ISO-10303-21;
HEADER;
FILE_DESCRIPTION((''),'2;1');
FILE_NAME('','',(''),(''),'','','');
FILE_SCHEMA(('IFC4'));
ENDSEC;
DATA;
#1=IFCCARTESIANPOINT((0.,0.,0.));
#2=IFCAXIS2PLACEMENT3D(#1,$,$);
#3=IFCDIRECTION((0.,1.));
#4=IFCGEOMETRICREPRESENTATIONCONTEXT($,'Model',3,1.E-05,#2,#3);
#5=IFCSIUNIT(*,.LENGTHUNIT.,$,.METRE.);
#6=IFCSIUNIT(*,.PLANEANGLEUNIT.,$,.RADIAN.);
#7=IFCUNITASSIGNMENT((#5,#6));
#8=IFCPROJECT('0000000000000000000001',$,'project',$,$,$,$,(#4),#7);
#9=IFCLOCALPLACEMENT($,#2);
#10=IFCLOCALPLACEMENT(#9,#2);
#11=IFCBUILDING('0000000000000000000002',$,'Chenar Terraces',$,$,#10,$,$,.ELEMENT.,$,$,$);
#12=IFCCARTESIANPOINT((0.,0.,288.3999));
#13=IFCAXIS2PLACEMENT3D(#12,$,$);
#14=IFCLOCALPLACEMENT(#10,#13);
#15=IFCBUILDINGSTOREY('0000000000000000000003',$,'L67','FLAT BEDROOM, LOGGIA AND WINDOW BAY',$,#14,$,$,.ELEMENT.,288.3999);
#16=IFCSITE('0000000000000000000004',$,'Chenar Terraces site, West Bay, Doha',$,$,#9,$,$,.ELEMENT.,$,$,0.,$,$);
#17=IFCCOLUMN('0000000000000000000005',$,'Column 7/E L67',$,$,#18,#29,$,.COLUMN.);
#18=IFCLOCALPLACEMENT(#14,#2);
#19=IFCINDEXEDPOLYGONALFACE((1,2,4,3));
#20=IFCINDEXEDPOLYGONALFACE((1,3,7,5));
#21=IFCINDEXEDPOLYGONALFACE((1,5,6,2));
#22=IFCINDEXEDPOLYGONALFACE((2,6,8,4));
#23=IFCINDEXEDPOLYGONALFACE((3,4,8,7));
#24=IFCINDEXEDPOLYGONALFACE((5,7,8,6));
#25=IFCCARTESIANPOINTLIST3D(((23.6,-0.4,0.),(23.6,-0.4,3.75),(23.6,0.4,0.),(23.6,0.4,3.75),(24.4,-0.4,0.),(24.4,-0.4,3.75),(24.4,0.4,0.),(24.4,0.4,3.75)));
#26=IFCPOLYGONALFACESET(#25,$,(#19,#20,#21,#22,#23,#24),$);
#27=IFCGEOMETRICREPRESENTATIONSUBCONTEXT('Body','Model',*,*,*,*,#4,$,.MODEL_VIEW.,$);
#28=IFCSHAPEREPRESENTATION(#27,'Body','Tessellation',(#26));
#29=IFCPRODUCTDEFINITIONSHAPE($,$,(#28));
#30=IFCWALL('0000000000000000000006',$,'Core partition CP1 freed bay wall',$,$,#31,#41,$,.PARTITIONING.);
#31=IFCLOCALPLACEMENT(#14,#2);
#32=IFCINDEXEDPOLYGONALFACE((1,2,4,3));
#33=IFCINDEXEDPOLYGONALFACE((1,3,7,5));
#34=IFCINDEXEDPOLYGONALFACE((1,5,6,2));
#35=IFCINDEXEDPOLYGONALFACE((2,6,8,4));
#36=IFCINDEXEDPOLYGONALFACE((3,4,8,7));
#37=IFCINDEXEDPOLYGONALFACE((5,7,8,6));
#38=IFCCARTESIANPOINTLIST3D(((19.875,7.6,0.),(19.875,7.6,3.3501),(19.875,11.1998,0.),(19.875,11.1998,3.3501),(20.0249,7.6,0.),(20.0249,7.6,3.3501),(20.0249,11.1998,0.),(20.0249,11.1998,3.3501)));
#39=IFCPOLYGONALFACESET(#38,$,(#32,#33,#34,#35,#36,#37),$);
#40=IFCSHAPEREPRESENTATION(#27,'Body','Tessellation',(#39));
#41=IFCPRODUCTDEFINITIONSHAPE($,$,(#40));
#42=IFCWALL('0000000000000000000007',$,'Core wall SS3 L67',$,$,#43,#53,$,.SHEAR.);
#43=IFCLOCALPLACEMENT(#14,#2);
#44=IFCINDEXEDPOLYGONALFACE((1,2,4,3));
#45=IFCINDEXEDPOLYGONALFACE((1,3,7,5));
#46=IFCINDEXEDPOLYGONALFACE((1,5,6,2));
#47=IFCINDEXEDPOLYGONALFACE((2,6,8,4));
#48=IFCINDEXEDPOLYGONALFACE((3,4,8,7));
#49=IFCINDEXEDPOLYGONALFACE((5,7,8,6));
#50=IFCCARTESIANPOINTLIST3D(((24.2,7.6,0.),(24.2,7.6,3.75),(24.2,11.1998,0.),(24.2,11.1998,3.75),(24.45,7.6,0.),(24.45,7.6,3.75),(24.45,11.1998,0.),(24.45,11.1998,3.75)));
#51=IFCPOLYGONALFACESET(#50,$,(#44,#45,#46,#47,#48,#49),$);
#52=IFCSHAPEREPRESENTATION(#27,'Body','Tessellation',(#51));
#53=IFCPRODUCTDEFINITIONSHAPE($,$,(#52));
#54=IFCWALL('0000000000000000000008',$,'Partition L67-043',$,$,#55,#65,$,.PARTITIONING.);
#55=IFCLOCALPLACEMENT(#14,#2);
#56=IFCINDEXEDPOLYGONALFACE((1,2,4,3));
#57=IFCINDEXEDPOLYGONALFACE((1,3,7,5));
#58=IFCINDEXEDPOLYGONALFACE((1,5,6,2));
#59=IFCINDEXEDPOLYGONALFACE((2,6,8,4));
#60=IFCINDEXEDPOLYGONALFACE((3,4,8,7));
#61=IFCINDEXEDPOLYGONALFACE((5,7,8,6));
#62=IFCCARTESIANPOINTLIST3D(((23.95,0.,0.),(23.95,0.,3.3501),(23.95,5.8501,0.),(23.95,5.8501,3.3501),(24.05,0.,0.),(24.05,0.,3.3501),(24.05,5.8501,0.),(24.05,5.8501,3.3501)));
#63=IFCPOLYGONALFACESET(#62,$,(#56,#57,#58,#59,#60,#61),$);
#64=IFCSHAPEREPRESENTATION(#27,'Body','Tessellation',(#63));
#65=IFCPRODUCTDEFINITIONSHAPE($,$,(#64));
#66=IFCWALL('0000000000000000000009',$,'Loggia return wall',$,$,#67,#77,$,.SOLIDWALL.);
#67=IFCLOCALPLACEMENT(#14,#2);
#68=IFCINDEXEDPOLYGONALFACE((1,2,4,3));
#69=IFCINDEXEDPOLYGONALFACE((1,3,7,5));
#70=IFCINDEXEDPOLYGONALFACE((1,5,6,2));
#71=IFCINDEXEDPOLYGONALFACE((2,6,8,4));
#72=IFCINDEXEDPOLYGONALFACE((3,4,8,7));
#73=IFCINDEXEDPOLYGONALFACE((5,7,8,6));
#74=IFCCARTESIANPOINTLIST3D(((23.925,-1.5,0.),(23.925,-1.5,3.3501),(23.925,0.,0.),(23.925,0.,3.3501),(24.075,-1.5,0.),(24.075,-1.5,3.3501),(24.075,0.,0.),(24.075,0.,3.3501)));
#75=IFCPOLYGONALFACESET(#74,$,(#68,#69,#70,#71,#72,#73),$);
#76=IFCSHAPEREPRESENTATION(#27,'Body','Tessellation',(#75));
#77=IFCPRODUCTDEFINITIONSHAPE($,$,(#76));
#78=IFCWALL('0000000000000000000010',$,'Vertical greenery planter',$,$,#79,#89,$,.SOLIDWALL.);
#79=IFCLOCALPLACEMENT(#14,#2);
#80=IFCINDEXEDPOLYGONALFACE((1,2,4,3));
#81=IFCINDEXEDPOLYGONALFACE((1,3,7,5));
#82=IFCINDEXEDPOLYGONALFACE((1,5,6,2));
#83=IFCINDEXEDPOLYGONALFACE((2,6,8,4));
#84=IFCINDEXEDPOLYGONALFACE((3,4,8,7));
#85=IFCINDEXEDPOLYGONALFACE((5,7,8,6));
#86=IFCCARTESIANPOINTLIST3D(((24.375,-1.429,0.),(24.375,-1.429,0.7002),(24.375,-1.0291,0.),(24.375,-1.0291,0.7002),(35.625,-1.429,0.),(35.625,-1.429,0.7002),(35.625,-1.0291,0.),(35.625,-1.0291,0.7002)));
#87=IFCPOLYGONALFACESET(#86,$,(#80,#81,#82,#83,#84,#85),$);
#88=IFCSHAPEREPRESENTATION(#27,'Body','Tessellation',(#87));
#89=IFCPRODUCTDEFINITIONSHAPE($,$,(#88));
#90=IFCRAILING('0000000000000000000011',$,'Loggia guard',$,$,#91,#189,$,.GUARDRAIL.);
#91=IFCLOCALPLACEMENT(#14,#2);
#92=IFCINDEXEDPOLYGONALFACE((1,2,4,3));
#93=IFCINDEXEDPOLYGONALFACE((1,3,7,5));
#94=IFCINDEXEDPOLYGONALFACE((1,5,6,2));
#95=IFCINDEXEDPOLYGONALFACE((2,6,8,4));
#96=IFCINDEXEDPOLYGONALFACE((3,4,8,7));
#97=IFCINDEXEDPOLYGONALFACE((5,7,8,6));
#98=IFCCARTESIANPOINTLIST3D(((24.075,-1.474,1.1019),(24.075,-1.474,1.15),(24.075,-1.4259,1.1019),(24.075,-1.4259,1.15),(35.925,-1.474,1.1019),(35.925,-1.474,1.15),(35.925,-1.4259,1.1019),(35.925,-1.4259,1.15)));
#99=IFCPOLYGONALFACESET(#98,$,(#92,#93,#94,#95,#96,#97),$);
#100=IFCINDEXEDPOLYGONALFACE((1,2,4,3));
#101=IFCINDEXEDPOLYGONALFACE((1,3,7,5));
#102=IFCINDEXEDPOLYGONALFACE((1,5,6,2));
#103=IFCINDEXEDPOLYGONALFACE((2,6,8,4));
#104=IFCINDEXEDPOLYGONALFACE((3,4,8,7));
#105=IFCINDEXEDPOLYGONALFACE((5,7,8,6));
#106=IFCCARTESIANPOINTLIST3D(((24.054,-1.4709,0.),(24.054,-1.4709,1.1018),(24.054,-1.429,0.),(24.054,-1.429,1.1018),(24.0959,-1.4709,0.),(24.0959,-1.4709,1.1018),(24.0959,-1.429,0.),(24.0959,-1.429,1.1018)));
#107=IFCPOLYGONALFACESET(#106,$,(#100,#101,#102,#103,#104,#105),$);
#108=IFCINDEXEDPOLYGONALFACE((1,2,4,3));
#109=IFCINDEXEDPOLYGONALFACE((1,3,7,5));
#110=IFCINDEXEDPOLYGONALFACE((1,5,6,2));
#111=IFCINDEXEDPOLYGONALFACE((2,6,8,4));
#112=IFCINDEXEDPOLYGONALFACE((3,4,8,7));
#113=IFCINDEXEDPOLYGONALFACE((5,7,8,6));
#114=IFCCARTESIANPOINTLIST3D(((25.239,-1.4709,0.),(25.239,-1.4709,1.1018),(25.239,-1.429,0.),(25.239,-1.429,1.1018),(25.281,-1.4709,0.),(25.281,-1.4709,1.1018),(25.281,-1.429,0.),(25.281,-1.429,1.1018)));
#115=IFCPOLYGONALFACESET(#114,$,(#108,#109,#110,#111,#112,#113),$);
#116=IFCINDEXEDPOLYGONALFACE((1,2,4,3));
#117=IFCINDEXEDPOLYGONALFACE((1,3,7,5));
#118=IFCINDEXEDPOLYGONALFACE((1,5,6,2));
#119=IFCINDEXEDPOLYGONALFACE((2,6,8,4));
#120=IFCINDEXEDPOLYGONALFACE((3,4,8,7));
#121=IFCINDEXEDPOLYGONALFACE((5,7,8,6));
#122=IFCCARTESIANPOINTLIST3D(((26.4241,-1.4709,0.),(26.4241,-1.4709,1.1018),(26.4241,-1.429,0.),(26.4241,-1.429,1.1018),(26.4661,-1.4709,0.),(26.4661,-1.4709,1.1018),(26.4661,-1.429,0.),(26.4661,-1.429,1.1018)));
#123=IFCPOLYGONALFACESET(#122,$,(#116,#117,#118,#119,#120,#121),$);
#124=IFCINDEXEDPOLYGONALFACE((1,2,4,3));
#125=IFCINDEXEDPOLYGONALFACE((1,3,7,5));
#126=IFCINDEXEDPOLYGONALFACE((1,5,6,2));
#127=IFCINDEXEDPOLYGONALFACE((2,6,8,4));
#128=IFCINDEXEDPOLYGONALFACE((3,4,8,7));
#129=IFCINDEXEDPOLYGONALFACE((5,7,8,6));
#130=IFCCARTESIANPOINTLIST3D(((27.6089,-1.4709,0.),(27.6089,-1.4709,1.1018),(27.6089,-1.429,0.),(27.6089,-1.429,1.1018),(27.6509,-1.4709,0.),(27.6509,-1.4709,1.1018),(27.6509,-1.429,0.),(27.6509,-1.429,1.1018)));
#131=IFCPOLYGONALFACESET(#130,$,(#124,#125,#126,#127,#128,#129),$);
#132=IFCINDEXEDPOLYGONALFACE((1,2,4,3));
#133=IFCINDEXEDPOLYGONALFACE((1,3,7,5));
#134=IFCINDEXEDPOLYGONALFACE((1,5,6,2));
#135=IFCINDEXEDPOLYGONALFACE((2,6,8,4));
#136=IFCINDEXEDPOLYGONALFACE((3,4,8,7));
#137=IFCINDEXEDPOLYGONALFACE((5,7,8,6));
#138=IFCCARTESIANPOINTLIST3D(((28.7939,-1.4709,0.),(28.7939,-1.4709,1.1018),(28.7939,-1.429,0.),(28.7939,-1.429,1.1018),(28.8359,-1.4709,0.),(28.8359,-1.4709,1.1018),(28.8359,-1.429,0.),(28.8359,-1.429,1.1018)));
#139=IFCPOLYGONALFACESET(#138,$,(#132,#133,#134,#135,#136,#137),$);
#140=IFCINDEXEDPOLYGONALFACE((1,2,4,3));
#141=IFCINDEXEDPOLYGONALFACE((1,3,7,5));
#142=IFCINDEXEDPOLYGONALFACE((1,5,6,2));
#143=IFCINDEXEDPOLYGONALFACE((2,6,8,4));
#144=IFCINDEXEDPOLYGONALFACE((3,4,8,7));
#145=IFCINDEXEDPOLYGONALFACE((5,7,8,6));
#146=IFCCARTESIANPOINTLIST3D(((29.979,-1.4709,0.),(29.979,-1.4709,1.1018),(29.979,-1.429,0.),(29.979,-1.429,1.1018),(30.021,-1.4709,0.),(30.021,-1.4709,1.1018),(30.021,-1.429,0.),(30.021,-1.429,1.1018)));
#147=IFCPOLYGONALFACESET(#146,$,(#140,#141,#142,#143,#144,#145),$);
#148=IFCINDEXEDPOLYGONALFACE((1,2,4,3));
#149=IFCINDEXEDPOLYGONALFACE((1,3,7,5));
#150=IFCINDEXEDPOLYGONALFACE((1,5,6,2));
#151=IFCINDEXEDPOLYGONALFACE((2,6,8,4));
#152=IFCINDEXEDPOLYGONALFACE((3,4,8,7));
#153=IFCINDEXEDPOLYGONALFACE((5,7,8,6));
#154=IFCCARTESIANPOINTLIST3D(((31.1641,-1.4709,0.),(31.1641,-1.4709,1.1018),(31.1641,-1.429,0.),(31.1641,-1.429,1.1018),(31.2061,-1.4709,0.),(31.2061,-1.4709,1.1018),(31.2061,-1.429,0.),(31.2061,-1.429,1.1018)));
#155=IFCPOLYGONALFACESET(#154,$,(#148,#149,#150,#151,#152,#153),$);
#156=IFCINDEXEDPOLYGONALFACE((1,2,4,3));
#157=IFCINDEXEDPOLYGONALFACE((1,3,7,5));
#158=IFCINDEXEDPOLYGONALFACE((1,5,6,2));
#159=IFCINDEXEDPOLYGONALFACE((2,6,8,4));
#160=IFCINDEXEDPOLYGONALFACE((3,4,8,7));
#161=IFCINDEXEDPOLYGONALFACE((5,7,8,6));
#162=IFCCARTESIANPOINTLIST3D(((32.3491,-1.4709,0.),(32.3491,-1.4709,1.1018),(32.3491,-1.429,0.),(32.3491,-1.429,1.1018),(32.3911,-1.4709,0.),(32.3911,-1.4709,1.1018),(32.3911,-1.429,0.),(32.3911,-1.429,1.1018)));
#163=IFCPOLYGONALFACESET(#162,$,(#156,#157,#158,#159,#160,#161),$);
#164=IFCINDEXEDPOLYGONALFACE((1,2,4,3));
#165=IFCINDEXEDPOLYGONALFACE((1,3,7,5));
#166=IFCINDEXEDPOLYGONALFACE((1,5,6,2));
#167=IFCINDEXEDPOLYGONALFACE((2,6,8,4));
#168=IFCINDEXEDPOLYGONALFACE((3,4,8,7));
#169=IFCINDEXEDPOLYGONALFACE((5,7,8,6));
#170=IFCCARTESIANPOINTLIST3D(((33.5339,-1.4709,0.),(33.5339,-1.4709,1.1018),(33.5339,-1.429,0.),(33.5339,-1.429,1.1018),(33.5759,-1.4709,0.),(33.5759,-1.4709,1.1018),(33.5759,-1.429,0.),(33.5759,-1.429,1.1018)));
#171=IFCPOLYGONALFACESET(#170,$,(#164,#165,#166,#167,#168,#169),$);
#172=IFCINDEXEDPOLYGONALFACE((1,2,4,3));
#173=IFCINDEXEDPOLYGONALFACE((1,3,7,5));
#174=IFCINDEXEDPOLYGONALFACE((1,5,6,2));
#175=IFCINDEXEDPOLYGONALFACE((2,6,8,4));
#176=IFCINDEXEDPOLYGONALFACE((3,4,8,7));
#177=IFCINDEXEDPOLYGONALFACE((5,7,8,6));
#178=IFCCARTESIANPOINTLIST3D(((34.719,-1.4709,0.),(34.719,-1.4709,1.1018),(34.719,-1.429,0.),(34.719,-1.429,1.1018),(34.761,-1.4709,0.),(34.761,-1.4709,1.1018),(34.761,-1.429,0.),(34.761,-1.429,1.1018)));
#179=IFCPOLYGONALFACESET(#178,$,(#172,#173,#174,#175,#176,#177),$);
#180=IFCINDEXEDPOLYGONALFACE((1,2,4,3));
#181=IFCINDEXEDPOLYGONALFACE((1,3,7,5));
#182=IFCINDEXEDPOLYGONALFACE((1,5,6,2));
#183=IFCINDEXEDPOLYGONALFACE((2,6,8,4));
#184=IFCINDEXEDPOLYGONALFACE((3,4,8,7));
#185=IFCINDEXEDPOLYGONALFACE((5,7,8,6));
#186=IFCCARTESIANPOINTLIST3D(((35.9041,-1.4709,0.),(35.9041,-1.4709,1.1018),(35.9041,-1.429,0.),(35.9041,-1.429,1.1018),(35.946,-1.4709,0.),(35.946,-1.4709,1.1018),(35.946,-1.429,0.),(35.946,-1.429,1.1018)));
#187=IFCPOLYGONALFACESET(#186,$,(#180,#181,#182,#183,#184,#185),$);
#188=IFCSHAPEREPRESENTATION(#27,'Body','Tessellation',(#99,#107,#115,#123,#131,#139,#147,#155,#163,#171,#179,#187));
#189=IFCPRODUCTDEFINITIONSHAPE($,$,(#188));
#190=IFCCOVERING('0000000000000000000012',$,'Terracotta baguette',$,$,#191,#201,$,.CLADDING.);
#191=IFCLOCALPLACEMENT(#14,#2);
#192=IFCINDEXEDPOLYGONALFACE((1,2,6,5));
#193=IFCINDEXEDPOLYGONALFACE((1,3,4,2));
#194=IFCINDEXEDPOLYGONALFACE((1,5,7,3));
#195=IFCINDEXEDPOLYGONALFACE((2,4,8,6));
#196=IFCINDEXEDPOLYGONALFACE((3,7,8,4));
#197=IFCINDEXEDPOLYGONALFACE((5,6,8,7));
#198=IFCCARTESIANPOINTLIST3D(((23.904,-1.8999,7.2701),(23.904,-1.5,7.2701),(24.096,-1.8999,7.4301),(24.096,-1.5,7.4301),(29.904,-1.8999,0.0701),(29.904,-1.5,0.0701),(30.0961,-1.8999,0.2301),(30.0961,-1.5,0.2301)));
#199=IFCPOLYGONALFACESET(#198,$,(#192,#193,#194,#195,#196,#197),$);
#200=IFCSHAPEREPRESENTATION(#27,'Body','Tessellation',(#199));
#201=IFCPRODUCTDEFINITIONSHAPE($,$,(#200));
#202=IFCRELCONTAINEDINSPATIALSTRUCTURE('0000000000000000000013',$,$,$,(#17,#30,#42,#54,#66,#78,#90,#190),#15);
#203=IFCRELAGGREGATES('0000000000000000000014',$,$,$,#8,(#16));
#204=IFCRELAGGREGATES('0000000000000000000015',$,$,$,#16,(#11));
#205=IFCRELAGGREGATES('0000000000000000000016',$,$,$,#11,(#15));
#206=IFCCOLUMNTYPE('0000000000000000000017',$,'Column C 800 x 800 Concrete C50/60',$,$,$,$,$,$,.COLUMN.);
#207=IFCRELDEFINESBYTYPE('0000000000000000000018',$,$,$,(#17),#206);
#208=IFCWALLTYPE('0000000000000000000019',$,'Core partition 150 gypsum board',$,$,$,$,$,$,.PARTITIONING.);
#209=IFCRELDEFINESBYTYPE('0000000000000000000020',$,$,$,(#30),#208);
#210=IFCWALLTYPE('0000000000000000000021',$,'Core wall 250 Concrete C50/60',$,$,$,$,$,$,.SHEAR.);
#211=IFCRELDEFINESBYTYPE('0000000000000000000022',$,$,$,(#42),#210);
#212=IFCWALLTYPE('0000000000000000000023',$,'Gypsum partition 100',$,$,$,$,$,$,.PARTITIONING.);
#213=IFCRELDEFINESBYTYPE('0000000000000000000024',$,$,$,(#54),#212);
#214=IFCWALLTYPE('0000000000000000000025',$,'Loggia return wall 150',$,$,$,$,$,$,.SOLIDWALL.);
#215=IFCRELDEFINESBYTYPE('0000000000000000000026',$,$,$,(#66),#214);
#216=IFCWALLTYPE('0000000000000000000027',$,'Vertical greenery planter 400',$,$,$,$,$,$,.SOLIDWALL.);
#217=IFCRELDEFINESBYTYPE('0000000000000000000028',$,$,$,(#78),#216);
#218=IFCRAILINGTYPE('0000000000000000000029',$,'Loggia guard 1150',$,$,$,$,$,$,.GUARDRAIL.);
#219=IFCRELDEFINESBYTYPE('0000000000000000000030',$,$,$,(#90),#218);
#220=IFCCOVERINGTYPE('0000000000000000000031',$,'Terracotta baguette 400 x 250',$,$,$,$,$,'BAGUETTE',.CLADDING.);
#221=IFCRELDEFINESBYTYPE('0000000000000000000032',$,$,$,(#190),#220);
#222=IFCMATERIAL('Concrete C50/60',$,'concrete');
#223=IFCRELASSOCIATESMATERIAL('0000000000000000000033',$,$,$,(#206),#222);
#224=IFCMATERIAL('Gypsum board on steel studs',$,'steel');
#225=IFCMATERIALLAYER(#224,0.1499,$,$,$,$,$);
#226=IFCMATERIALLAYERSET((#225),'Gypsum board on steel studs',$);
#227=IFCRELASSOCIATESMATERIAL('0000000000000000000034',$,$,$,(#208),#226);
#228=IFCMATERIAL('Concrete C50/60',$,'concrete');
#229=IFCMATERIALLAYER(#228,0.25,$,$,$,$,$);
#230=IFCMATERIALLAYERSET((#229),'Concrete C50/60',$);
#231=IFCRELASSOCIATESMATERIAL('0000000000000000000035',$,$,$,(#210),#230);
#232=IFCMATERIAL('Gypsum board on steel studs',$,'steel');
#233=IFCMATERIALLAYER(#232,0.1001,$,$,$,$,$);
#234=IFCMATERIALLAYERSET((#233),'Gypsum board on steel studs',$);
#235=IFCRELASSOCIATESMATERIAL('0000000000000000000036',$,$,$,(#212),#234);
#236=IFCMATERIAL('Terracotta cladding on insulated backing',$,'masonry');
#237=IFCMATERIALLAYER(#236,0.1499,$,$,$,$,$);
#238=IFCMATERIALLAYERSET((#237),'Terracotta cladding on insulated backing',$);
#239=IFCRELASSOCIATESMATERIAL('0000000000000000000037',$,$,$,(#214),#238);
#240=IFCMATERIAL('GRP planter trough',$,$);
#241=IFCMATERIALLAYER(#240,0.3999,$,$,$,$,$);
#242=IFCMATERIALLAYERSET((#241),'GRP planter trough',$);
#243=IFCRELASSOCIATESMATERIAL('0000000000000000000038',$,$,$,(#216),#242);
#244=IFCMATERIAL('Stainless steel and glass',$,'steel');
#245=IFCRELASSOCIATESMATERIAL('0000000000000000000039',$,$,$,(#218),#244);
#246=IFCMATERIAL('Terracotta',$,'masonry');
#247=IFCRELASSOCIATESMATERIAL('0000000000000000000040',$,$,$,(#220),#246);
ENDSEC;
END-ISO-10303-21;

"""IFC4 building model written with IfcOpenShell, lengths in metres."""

from ifc_helpers import new_model, si_unit, direction, frame, frame_2d, origin, origin_2d, place, context, subcontext, project, spatial, rectangle, extrude, material, layer, layer_set, material_profile, profile_set, type_object, element, save


model = new_model("IFC4")

# Units and contexts
model_context = context("Model", 3, precision=1e-05, world=origin(), true_north=direction((0.0, 1.0)))
body_context = subcontext(model_context, "Body", "Model", "MODEL_VIEW")
ifc_project = project(units=[si_unit("LENGTHUNIT", "METRE"), si_unit("PLANEANGLEUNIT", "RADIAN")], contexts=[model_context])

# Site, building, storey
site_placement = place(None, origin())
site = spatial("IfcSite", under=ifc_project, at=site_placement, Name="Chenar Terraces site, West Bay, Doha", CompositionType="ELEMENT", RefElevation=0.0)
building_placement = place(site_placement, origin())
building = spatial("IfcBuilding", under=site, at=building_placement, Name="Chenar Terraces", CompositionType="ELEMENT")
storey_placement = place(building_placement, frame((0.0, 0.0, 288.3999)))
storey = spatial("IfcBuildingStorey", under=building, at=storey_placement, Name="L67", Description="FLAT BEDROOM, LOGGIA AND WINDOW BAY", CompositionType="ELEMENT", Elevation=288.3999)

# Column
ifc_material_1 = material(Name="Concrete C50/60", Category="concrete")
ifc_material_profile_1 = material_profile(ifc_material_1, rectangle(XDim=0.8, YDim=0.8, at=origin_2d()), Name="C 800 x 800")
ifc_profile_set_1 = profile_set([ifc_material_profile_1], Name="Concrete C50/60")
column_type = type_object("IfcColumnType", Name="Column C 800 x 800 Concrete C50/60", PredefinedType="COLUMN", material=ifc_profile_set_1)
column_placement = place(storey_placement, frame((24.0, 0.0, 0.0), z_axis=(0.0, 0.0, 1.0), x_axis=(1.0, 0.0, 0.0)))
element("IfcColumn", 1, at=column_placement, inside=storey, type_object=column_type, Name="Column 7/E L67", PredefinedType="COLUMN", context=body_context, shape_type="SweptSolid", body=[
    extrude(rectangle(XDim=0.8, YDim=0.8, at=origin_2d()), origin(), (0.0, 0.0, 1.0), 3.75),
])

# Walls
ifc_material_2 = material(Name="Gypsum board on steel studs", Category="steel")
ifc_layer_1 = layer(ifc_material_2, 0.1499)
ifc_layer_set_1 = layer_set([ifc_layer_1], Name="Gypsum board on steel studs")
wall_type_1 = type_object("IfcWallType", Name="Core partition 150 gypsum board", PredefinedType="PARTITIONING", material=ifc_layer_set_1)
wall_1_placement = place(storey_placement, frame((19.95, 7.6001, 0.0), z_axis=(0.0, 0.0, 1.0), x_axis=(0.0, 1.0, 0.0)))
element("IfcWall", 2, at=wall_1_placement, inside=storey, type_object=wall_type_1, Name="Core partition CP1 freed bay wall", PredefinedType="PARTITIONING", context=body_context, shape_type="SweptSolid", body=[
    extrude(rectangle(XDim=3.5999, YDim=0.1499, at=frame_2d((1.7998, 0.0))), origin(), (0.0, 0.0, 1.0), 3.3501),
])
ifc_material_3 = material(Name="Concrete C50/60", Category="concrete")
ifc_layer_2 = layer(ifc_material_3, 0.25)
ifc_layer_set_2 = layer_set([ifc_layer_2], Name="Concrete C50/60")
wall_type_2 = type_object("IfcWallType", Name="Core wall 250 Concrete C50/60", PredefinedType="SHEAR", material=ifc_layer_set_2)
wall_2_placement = place(storey_placement, frame((24.325, 7.6001, 0.0), z_axis=(0.0, 0.0, 1.0), x_axis=(0.0, 1.0, 0.0)))
element("IfcWall", 3, at=wall_2_placement, inside=storey, type_object=wall_type_2, Name="Core wall SS3 L67", PredefinedType="SHEAR", context=body_context, shape_type="SweptSolid", body=[
    extrude(rectangle(XDim=3.5999, YDim=0.25, at=frame_2d((1.7998, 0.0))), origin(), (0.0, 0.0, 1.0), 3.75),
])

# Walls
ifc_material_4 = material(Name="Gypsum board on steel studs", Category="steel")
ifc_layer_3 = layer(ifc_material_4, 0.1001)
ifc_layer_set_3 = layer_set([ifc_layer_3], Name="Gypsum board on steel studs")
wall_type_3 = type_object("IfcWallType", Name="Gypsum partition 100", PredefinedType="PARTITIONING", material=ifc_layer_set_3)
wall_3_placement = place(storey_placement, frame((24.0, 0.0, 0.0), z_axis=(0.0, 0.0, 1.0), x_axis=(0.0, 1.0, 0.0)))
element("IfcWall", 4, at=wall_3_placement, inside=storey, type_object=wall_type_3, Name="Partition L67-043", PredefinedType="PARTITIONING", context=body_context, shape_type="SweptSolid", body=[
    extrude(rectangle(XDim=5.8501, YDim=0.1001, at=frame_2d((2.925, 0.0))), origin(), (0.0, 0.0, 1.0), 3.3501),
])
ifc_material_5 = material(Name="Terracotta cladding on insulated backing", Category="masonry")
ifc_layer_4 = layer(ifc_material_5, 0.1499)
ifc_layer_set_4 = layer_set([ifc_layer_4], Name="Terracotta cladding on insulated backing")
wall_type_4 = type_object("IfcWallType", Name="Loggia return wall 150", PredefinedType="SOLIDWALL", material=ifc_layer_set_4)
wall_4_placement = place(storey_placement, frame((24.0, -1.5, 0.0), z_axis=(0.0, 0.0, 1.0), x_axis=(0.0, 1.0, 0.0)))
element("IfcWall", 5, at=wall_4_placement, inside=storey, type_object=wall_type_4, Name="Loggia return wall", PredefinedType="SOLIDWALL", context=body_context, shape_type="SweptSolid", body=[
    extrude(rectangle(XDim=1.5, YDim=0.1499, at=frame_2d((0.75, 0.0))), origin(), (0.0, 0.0, 1.0), 3.3501),
])
ifc_material_6 = material(Name="GRP planter trough")
ifc_layer_5 = layer(ifc_material_6, 0.3999)
ifc_layer_set_5 = layer_set([ifc_layer_5], Name="GRP planter trough")
wall_type_5 = type_object("IfcWallType", Name="Vertical greenery planter 400", PredefinedType="SOLIDWALL", material=ifc_layer_set_5)
wall_5_placement = place(storey_placement, frame((24.375, -1.229, 0.0), z_axis=(0.0, 0.0, 1.0), x_axis=(1.0, 0.0, 0.0)))
element("IfcWall", 6, at=wall_5_placement, inside=storey, type_object=wall_type_5, Name="Vertical greenery planter", PredefinedType="SOLIDWALL", context=body_context, shape_type="SweptSolid", body=[
    extrude(rectangle(XDim=11.25, YDim=0.3999, at=frame_2d((5.625, 0.0))), origin(), (0.0, 0.0, 1.0), 0.7002),
])

# Railing
ifc_material_7 = material(Name="Stainless steel and glass", Category="steel")
railing_type = type_object("IfcRailingType", Name="Loggia guard 1150", PredefinedType="GUARDRAIL", material=ifc_material_7)
railing_placement = place(storey_placement, frame((24.075, -1.45, 0.0)))
element("IfcRailing", 7, at=railing_placement, inside=storey, type_object=railing_type, Name="Loggia guard", PredefinedType="GUARDRAIL", context=body_context, shape_type="SweptSolid", body=[
    extrude(rectangle(XDim=0.0481, YDim=0.0481, at=origin_2d()), frame((0.0, 0.0, 1.126), z_axis=(1.0, 0.0, 0.0), x_axis=(0.0, 1.0, 0.0)), (0.0, 0.0, 1.0), 11.8501),
    extrude(rectangle(XDim=0.042, YDim=0.042, at=origin_2d()), origin(), (0.0, 0.0, 1.0), 1.1018),
    extrude(rectangle(XDim=0.042, YDim=0.042, at=origin_2d()), frame((1.1851, 0.0, 0.0)), (0.0, 0.0, 1.0), 1.1018),
    extrude(rectangle(XDim=0.042, YDim=0.042, at=origin_2d()), frame((2.3701, 0.0, 0.0)), (0.0, 0.0, 1.0), 1.1018),
    extrude(rectangle(XDim=0.042, YDim=0.042, at=origin_2d()), frame((3.5549, 0.0, 0.0)), (0.0, 0.0, 1.0), 1.1018),
    extrude(rectangle(XDim=0.042, YDim=0.042, at=origin_2d()), frame((4.74, 0.0, 0.0)), (0.0, 0.0, 1.0), 1.1018),
    extrude(rectangle(XDim=0.042, YDim=0.042, at=origin_2d()), frame((5.925, 0.0, 0.0)), (0.0, 0.0, 1.0), 1.1018),
    extrude(rectangle(XDim=0.042, YDim=0.042, at=origin_2d()), frame((7.1101, 0.0, 0.0)), (0.0, 0.0, 1.0), 1.1018),
    extrude(rectangle(XDim=0.042, YDim=0.042, at=origin_2d()), frame((8.2952, 0.0, 0.0)), (0.0, 0.0, 1.0), 1.1018),
    extrude(rectangle(XDim=0.042, YDim=0.042, at=origin_2d()), frame((9.48, 0.0, 0.0)), (0.0, 0.0, 1.0), 1.1018),
    extrude(rectangle(XDim=0.042, YDim=0.042, at=origin_2d()), frame((10.665, 0.0, 0.0)), (0.0, 0.0, 1.0), 1.1018),
    extrude(rectangle(XDim=0.042, YDim=0.042, at=origin_2d()), frame((11.8501, 0.0, 0.0)), (0.0, 0.0, 1.0), 1.1018),
])

# Covering
ifc_material_8 = material(Name="Terracotta", Category="masonry")
ifc_material_profile_2 = material_profile(ifc_material_8, rectangle(XDim=0.3999, YDim=0.25, at=origin_2d()), Name="Terracotta baguette 400 x 250")
ifc_profile_set_2 = profile_set([ifc_material_profile_2], Name="Terracotta")
covering_type = type_object("IfcCoveringType", Name="Terracotta baguette 400 x 250", ElementType="BAGUETTE", PredefinedType="CLADDING", material=ifc_profile_set_2)
covering_placement = place(storey_placement, frame((24.0, -1.7, 7.3501), z_axis=(0.640187, 0.0, -0.768219), x_axis=(0.0, 1.0, 0.0)))
element("IfcCovering", 8, at=covering_placement, inside=storey, type_object=covering_type, Name="Terracotta baguette", PredefinedType="CLADDING", context=body_context, shape_type="SweptSolid", body=[
    extrude(rectangle(XDim=0.3999, YDim=0.25, at=origin_2d()), origin(), (0.0, 0.0, 1.0), 9.3723),
])

save(model, "model.ifc")
